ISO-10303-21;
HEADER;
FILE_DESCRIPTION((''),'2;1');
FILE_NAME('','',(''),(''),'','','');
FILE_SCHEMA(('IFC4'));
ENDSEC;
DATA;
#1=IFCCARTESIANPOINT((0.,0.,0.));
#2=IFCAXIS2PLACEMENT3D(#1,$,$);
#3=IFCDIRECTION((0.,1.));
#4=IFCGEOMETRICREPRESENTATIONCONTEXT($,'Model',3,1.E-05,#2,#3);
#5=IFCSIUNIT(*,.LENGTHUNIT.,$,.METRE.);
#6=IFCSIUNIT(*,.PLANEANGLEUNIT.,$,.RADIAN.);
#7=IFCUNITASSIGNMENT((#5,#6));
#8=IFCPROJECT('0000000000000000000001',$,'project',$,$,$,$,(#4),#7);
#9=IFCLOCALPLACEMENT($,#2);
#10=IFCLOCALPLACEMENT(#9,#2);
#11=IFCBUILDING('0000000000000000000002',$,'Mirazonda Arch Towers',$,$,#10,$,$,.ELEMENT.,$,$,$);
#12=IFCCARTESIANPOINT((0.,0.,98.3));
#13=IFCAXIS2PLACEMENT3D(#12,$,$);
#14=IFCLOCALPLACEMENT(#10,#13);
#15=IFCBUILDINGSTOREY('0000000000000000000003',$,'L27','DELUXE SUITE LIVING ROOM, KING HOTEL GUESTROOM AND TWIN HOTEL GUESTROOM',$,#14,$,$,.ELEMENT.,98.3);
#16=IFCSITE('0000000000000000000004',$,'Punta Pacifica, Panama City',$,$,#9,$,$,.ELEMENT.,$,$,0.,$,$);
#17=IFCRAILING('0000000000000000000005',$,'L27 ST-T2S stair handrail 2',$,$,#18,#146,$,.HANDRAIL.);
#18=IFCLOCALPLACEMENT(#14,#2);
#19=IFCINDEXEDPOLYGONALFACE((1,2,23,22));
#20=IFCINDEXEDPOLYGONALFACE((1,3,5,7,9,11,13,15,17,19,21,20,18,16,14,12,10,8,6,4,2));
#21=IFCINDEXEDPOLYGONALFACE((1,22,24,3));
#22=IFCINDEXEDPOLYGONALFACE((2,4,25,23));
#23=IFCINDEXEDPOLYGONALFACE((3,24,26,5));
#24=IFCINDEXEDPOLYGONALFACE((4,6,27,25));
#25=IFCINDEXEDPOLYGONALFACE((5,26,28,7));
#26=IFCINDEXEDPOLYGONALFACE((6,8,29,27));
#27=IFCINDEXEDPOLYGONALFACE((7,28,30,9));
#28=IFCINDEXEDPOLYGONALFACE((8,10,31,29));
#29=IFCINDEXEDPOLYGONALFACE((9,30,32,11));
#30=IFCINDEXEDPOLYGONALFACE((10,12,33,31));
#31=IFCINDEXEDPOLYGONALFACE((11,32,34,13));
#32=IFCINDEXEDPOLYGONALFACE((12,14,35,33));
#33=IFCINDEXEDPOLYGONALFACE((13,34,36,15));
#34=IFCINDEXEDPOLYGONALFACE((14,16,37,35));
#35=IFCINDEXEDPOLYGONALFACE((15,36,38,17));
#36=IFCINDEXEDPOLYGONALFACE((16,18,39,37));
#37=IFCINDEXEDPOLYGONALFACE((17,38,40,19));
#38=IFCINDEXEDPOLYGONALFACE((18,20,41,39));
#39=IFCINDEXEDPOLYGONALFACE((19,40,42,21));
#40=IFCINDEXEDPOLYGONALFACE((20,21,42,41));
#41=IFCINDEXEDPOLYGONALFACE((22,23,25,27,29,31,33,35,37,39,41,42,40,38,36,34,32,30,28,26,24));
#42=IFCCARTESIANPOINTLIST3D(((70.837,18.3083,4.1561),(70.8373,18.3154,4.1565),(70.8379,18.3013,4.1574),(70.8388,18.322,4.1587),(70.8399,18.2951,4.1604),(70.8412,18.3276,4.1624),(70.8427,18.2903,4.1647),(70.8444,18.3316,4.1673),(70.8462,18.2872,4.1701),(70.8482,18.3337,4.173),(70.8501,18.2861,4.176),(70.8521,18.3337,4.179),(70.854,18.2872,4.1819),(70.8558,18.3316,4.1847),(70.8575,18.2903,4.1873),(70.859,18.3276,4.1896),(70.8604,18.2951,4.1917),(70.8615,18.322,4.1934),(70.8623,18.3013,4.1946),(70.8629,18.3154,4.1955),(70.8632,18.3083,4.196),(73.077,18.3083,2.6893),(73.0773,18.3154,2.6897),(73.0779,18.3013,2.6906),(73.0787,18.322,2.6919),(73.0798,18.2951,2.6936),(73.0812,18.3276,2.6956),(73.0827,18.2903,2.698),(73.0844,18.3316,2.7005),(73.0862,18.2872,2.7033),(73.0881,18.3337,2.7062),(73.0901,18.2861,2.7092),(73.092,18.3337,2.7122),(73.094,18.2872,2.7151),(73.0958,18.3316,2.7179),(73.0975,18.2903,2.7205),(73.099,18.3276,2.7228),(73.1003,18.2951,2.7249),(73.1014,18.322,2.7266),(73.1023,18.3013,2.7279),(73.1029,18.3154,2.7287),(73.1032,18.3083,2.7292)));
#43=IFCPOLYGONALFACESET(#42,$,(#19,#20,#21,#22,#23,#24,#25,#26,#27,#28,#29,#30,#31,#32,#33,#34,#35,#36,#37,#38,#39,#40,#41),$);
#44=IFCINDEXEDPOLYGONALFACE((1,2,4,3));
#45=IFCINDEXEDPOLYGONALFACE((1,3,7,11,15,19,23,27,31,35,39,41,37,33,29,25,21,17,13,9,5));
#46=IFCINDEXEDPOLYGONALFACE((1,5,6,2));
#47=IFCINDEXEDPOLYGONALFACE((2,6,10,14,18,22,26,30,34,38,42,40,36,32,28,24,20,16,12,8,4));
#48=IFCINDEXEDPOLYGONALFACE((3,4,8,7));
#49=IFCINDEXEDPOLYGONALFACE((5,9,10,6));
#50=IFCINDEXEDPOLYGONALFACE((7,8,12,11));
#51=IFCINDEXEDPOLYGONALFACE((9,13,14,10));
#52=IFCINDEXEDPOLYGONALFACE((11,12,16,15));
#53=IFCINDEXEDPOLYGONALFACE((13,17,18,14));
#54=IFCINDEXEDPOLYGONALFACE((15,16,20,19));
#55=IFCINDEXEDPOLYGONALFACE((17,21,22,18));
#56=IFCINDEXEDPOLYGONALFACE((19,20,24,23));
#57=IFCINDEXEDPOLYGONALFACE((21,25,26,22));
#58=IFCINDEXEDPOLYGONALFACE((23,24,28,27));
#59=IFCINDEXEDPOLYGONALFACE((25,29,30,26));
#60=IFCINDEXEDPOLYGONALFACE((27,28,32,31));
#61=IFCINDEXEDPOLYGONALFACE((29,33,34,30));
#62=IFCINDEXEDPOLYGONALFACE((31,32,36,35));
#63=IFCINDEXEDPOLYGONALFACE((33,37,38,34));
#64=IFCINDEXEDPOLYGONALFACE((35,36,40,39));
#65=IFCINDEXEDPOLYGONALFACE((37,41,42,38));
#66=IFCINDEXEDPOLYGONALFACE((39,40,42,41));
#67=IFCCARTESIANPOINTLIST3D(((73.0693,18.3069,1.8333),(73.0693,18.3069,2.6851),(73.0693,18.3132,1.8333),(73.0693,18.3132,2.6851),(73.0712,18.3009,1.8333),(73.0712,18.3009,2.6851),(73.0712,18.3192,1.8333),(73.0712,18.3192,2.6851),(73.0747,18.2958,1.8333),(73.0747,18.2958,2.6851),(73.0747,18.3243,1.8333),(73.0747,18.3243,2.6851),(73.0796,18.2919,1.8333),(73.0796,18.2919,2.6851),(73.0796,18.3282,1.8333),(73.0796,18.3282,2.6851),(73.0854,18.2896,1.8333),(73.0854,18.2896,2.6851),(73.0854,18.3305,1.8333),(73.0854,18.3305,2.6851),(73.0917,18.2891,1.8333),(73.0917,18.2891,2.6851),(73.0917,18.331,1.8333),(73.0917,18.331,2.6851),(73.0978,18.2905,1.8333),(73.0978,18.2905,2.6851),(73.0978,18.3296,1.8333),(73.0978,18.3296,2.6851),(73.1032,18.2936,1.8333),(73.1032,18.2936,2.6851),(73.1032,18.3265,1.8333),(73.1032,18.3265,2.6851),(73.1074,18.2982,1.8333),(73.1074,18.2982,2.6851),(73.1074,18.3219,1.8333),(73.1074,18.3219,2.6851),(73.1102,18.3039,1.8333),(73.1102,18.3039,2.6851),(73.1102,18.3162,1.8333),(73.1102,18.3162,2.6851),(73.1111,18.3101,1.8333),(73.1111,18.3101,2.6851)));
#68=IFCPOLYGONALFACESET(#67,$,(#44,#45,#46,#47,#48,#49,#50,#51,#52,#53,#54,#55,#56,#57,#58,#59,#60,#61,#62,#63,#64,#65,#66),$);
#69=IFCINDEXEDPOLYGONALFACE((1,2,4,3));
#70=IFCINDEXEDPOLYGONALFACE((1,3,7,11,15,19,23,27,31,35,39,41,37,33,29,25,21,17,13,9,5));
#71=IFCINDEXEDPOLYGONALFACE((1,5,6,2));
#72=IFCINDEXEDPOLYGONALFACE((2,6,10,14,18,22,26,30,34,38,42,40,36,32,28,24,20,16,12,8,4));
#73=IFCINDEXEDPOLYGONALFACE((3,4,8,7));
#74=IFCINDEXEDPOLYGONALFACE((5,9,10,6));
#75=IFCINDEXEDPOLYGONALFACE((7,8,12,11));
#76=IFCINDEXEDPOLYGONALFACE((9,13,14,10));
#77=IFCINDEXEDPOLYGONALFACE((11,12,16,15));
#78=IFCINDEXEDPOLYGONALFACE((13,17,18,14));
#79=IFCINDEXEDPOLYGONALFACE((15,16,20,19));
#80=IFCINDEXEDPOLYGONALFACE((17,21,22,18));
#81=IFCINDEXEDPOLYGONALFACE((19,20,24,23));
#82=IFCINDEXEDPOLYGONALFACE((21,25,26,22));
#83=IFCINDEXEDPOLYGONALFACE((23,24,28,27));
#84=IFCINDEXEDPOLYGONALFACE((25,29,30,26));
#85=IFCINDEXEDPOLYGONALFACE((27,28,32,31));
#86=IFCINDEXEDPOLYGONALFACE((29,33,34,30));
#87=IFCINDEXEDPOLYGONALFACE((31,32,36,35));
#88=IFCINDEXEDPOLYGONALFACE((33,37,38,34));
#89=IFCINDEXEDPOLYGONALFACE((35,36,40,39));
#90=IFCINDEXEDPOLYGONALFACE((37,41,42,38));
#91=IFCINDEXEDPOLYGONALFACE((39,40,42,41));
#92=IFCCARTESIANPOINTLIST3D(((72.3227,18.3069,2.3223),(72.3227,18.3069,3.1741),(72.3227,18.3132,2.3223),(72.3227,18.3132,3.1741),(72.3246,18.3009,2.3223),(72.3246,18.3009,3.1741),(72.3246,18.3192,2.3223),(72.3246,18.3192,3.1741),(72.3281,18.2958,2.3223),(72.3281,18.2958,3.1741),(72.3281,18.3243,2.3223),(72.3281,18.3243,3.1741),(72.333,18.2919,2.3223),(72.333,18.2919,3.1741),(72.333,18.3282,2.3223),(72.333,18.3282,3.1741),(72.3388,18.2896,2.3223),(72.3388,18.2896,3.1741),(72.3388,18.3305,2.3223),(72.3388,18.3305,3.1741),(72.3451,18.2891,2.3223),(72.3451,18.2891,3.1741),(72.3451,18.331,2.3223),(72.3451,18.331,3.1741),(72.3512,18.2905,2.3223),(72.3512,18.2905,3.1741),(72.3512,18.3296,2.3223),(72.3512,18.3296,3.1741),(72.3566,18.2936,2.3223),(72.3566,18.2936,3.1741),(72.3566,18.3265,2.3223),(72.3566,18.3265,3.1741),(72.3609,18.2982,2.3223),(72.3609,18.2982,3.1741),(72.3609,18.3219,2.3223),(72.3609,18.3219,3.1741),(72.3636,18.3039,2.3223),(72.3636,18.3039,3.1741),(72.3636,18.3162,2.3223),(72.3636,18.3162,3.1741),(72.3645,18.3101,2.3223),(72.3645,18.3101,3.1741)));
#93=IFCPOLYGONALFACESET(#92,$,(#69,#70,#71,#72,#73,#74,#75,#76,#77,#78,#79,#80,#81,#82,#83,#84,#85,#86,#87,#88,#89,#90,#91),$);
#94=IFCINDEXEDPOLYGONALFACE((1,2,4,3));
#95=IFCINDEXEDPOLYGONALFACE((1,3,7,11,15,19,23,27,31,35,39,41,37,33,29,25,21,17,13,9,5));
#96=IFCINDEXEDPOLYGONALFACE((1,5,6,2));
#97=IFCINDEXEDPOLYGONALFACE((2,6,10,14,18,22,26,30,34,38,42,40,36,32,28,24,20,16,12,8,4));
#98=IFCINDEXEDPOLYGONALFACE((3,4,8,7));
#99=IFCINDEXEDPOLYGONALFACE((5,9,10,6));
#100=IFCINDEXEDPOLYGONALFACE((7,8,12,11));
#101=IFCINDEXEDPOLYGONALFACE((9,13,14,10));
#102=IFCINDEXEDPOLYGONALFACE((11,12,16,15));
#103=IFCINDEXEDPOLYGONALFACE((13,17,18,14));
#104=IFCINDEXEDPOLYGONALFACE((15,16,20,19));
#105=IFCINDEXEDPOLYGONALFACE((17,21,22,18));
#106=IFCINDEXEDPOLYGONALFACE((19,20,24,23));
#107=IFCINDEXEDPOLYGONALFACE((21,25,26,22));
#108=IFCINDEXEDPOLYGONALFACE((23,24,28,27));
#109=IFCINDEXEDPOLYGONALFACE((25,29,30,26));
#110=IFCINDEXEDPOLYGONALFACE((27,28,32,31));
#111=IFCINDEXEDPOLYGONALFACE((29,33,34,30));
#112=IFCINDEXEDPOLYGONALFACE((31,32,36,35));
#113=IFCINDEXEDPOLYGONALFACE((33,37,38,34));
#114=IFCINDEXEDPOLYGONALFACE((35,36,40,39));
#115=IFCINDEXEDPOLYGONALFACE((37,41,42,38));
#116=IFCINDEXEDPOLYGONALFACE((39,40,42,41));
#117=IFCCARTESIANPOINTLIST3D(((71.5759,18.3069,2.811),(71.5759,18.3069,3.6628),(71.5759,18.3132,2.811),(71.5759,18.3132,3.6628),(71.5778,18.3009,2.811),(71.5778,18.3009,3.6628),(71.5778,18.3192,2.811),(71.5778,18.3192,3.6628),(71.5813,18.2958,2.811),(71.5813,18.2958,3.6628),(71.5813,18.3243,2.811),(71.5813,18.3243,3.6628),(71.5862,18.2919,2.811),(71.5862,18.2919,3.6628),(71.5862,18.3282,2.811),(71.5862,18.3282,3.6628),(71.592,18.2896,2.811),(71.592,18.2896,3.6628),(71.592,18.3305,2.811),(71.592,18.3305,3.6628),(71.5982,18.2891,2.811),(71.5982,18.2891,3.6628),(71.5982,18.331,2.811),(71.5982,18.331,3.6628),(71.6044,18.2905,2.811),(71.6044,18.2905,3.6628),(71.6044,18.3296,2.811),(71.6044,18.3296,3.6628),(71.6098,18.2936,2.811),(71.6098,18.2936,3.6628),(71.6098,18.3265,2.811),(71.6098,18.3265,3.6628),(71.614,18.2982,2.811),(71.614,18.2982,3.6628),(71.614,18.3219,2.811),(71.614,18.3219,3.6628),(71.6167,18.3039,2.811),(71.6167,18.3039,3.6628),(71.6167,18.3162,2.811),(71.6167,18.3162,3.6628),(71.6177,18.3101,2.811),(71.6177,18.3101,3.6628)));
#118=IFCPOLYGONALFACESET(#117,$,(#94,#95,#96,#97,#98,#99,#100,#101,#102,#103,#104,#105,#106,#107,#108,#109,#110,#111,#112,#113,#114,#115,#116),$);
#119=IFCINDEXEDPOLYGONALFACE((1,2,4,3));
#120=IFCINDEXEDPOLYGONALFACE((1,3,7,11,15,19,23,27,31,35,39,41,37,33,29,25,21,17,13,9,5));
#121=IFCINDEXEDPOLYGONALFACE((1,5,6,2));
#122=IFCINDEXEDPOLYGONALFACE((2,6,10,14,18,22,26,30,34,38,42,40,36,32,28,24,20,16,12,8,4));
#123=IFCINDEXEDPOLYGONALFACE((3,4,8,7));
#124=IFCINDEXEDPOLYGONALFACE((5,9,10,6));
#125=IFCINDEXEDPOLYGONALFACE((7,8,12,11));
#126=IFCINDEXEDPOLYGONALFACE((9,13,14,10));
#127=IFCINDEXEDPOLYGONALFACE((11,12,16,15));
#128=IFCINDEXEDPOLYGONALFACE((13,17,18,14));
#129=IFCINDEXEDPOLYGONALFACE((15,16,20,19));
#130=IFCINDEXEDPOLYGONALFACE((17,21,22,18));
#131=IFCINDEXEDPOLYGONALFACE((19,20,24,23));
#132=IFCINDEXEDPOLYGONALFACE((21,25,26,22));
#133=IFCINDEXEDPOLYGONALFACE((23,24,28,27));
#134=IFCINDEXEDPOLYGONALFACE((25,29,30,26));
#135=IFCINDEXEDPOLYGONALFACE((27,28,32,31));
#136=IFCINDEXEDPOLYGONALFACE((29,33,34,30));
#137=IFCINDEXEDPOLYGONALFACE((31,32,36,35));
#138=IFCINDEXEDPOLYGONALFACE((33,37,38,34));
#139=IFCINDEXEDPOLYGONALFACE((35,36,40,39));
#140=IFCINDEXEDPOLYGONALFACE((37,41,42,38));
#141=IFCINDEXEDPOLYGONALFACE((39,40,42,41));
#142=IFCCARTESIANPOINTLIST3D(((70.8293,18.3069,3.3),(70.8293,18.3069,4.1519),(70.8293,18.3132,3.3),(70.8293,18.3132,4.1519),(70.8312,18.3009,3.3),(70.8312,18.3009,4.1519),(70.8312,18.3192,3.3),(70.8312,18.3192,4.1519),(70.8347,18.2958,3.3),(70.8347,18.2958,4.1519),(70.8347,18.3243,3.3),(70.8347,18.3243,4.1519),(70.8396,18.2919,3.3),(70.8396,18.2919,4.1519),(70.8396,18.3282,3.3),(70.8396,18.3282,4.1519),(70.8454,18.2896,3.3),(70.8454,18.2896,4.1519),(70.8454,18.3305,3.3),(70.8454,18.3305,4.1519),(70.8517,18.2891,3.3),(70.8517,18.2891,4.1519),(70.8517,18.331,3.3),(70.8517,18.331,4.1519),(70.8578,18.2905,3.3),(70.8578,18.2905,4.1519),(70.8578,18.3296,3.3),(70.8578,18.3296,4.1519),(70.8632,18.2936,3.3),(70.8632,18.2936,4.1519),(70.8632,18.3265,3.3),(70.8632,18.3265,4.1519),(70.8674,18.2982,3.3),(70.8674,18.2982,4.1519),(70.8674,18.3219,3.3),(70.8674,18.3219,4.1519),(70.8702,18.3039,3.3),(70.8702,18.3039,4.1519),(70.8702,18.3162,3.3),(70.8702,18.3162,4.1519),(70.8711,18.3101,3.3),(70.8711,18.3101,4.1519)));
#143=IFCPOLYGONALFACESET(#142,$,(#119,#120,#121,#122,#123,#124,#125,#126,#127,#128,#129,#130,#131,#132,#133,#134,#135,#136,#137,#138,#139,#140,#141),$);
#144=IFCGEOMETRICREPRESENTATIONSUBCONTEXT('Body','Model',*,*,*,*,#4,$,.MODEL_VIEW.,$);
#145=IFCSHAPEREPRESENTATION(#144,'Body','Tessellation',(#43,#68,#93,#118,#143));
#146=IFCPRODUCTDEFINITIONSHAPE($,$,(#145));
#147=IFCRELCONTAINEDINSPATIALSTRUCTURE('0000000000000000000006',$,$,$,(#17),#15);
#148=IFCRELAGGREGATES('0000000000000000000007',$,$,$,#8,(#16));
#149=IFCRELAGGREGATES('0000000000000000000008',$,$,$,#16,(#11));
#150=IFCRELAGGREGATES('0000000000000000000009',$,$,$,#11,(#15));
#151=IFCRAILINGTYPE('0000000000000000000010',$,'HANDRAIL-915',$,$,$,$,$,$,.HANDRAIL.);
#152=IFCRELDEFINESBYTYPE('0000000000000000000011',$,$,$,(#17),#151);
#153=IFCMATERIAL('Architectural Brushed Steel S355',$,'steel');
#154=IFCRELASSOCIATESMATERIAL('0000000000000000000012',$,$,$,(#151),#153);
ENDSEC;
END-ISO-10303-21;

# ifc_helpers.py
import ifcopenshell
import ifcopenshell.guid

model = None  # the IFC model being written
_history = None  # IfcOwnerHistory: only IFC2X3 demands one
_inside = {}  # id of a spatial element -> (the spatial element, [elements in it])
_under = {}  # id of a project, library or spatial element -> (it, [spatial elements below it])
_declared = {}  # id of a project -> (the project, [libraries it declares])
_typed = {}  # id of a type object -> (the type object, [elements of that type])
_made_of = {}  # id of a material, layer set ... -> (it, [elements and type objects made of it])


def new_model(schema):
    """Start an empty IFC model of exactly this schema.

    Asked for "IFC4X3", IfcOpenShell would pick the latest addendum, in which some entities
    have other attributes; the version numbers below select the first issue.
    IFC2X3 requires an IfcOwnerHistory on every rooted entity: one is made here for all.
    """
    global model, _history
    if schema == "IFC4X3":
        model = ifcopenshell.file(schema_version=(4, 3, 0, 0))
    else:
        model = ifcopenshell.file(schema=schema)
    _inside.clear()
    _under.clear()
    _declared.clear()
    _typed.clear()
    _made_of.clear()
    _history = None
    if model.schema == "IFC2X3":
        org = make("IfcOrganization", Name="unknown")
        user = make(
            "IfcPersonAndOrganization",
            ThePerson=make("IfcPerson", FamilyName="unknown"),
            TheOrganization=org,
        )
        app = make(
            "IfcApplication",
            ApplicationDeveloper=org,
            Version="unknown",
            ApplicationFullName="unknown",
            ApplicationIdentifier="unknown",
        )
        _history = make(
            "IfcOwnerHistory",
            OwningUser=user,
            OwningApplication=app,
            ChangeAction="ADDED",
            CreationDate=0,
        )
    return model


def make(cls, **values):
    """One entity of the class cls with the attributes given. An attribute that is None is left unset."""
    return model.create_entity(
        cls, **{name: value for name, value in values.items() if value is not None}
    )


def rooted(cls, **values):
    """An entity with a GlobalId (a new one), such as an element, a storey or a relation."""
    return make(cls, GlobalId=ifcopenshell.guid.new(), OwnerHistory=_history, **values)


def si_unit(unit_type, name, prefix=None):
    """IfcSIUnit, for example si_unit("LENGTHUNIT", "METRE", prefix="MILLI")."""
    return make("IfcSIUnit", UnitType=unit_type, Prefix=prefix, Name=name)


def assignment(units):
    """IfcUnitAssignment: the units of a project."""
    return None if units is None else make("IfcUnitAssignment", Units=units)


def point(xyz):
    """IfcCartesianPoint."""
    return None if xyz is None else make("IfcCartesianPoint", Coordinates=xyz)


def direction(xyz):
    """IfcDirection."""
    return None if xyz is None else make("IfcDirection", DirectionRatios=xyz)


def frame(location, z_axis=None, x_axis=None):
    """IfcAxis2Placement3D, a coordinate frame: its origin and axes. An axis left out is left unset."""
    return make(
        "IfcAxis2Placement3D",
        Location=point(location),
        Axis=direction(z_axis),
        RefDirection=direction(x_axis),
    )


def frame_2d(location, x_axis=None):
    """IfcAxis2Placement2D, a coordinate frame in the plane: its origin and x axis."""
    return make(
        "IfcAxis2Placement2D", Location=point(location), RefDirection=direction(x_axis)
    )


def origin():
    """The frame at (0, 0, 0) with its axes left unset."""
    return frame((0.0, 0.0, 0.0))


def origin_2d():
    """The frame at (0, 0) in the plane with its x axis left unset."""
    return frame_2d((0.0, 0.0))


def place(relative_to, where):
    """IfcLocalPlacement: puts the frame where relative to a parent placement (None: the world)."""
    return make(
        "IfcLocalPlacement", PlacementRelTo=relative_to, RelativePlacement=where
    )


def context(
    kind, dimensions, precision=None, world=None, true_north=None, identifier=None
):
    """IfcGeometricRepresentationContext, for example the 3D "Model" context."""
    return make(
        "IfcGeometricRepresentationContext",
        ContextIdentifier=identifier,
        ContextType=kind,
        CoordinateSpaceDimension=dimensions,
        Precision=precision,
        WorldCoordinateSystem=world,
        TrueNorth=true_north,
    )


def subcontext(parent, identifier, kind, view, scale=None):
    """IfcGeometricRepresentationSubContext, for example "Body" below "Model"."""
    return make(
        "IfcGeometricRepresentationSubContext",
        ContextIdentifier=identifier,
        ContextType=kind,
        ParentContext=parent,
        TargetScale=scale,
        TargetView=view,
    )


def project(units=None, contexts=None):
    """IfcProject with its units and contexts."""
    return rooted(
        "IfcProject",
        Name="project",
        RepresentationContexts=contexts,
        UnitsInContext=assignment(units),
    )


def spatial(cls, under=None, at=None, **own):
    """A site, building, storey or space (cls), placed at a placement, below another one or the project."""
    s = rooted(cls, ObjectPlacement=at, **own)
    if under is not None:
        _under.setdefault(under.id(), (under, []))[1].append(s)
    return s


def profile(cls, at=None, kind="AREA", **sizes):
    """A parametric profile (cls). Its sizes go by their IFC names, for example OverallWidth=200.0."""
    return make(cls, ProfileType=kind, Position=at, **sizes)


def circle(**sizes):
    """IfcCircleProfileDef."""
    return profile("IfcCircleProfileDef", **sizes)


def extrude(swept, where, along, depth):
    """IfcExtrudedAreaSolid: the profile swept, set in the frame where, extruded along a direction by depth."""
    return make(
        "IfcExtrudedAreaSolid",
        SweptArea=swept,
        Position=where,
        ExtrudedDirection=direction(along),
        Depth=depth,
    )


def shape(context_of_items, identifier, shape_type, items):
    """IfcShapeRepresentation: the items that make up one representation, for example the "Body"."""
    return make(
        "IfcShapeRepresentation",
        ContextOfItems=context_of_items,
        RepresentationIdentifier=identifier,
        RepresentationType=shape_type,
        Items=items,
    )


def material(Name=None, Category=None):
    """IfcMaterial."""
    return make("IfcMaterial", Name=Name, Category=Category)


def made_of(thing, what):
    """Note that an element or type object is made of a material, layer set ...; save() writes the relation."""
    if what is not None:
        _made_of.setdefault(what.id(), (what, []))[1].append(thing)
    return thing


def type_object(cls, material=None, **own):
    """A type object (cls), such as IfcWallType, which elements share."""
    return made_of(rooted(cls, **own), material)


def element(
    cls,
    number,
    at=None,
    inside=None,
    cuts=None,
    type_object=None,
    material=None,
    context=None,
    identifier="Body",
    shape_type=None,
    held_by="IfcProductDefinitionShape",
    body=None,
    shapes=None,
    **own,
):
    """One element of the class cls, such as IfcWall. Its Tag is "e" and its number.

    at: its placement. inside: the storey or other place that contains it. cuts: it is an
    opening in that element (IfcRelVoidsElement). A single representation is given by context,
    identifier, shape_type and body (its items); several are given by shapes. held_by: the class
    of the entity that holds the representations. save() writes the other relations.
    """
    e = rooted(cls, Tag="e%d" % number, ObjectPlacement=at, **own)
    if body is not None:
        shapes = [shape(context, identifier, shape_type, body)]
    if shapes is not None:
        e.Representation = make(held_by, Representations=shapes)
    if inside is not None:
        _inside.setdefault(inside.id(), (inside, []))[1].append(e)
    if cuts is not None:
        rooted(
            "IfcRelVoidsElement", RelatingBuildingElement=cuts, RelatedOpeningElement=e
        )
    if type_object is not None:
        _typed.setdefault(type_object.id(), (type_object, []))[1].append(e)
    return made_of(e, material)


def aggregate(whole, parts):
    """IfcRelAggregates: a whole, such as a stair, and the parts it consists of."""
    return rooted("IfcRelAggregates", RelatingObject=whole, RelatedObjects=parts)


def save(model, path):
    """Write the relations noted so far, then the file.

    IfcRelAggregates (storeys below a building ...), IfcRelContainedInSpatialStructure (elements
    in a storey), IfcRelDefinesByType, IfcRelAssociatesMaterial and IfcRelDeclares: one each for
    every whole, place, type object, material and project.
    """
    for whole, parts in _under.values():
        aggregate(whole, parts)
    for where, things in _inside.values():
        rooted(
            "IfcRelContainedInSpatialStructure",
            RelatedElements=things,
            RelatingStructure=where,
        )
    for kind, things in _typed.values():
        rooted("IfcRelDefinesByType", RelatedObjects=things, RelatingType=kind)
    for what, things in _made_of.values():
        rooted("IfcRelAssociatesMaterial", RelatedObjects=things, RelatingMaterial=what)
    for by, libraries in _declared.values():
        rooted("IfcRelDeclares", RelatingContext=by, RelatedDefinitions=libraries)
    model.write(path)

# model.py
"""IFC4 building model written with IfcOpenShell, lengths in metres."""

from ifc_helpers import new_model, si_unit, direction, frame, origin, origin_2d, place, context, subcontext, project, spatial, circle, extrude, material, type_object, element, save


model = new_model("IFC4")

# Units and contexts
model_context = context("Model", 3, precision=1e-05, world=origin(), true_north=direction((0.0, 1.0)))
body_context = subcontext(model_context, "Body", "Model", "MODEL_VIEW")
ifc_project = project(units=[si_unit("LENGTHUNIT", "METRE"), si_unit("PLANEANGLEUNIT", "RADIAN")], contexts=[model_context])

# Site, building, storey
site_placement = place(None, origin())
site = spatial("IfcSite", under=ifc_project, at=site_placement, Name="Punta Pacifica, Panama City", CompositionType="ELEMENT", RefElevation=0.0)
building_placement = place(site_placement, origin())
building = spatial("IfcBuilding", under=site, at=building_placement, Name="Mirazonda Arch Towers", CompositionType="ELEMENT")
storey_placement = place(building_placement, frame((0.0, 0.0, 98.3)))
storey = spatial("IfcBuildingStorey", under=building, at=storey_placement, Name="L27", Description="DELUXE SUITE LIVING ROOM, KING HOTEL GUESTROOM AND TWIN HOTEL GUESTROOM", CompositionType="ELEMENT", Elevation=98.3)

# Railing
ifc_material_1 = material(Name="Architectural Brushed Steel S355", Category="steel")
railing_type_1 = type_object("IfcRailingType", Name="HANDRAIL-915", PredefinedType="HANDRAIL", material=ifc_material_1)
railing_1_placement = place(storey_placement, frame((73.0901, 18.3101, 1.8333)))
element("IfcRailing", 1, at=railing_1_placement, inside=storey, type_object=railing_type_1, Name="L27 ST-T2S stair handrail 2", PredefinedType="HANDRAIL", context=body_context, shape_type="SweptSolid", body=[
    extrude(circle(Radius=0.0239, at=origin_2d()), frame((0.0, 0.0, 0.876), z_axis=(-0.836595, 0.0, 0.547822), x_axis=(0.0, -1.0, 0.0)), (0.0, 0.0, 1.0), 2.6775),
    extrude(circle(Radius=0.021, at=origin_2d()), origin(), (0.0, 0.0, 1.0), 0.8518),
    extrude(circle(Radius=0.021, at=origin_2d()), frame((-0.7466, 0.0, 0.489)), (0.0, 0.0, 1.0), 0.8518),
    extrude(circle(Radius=0.021, at=origin_2d()), frame((-1.4934, 0.0, 0.9778)), (0.0, 0.0, 1.0), 0.8518),
    extrude(circle(Radius=0.021, at=origin_2d()), frame((-2.24, 0.0, 1.4668)), (0.0, 0.0, 1.0), 0.8518),
])

save(model, "model.ifc")
